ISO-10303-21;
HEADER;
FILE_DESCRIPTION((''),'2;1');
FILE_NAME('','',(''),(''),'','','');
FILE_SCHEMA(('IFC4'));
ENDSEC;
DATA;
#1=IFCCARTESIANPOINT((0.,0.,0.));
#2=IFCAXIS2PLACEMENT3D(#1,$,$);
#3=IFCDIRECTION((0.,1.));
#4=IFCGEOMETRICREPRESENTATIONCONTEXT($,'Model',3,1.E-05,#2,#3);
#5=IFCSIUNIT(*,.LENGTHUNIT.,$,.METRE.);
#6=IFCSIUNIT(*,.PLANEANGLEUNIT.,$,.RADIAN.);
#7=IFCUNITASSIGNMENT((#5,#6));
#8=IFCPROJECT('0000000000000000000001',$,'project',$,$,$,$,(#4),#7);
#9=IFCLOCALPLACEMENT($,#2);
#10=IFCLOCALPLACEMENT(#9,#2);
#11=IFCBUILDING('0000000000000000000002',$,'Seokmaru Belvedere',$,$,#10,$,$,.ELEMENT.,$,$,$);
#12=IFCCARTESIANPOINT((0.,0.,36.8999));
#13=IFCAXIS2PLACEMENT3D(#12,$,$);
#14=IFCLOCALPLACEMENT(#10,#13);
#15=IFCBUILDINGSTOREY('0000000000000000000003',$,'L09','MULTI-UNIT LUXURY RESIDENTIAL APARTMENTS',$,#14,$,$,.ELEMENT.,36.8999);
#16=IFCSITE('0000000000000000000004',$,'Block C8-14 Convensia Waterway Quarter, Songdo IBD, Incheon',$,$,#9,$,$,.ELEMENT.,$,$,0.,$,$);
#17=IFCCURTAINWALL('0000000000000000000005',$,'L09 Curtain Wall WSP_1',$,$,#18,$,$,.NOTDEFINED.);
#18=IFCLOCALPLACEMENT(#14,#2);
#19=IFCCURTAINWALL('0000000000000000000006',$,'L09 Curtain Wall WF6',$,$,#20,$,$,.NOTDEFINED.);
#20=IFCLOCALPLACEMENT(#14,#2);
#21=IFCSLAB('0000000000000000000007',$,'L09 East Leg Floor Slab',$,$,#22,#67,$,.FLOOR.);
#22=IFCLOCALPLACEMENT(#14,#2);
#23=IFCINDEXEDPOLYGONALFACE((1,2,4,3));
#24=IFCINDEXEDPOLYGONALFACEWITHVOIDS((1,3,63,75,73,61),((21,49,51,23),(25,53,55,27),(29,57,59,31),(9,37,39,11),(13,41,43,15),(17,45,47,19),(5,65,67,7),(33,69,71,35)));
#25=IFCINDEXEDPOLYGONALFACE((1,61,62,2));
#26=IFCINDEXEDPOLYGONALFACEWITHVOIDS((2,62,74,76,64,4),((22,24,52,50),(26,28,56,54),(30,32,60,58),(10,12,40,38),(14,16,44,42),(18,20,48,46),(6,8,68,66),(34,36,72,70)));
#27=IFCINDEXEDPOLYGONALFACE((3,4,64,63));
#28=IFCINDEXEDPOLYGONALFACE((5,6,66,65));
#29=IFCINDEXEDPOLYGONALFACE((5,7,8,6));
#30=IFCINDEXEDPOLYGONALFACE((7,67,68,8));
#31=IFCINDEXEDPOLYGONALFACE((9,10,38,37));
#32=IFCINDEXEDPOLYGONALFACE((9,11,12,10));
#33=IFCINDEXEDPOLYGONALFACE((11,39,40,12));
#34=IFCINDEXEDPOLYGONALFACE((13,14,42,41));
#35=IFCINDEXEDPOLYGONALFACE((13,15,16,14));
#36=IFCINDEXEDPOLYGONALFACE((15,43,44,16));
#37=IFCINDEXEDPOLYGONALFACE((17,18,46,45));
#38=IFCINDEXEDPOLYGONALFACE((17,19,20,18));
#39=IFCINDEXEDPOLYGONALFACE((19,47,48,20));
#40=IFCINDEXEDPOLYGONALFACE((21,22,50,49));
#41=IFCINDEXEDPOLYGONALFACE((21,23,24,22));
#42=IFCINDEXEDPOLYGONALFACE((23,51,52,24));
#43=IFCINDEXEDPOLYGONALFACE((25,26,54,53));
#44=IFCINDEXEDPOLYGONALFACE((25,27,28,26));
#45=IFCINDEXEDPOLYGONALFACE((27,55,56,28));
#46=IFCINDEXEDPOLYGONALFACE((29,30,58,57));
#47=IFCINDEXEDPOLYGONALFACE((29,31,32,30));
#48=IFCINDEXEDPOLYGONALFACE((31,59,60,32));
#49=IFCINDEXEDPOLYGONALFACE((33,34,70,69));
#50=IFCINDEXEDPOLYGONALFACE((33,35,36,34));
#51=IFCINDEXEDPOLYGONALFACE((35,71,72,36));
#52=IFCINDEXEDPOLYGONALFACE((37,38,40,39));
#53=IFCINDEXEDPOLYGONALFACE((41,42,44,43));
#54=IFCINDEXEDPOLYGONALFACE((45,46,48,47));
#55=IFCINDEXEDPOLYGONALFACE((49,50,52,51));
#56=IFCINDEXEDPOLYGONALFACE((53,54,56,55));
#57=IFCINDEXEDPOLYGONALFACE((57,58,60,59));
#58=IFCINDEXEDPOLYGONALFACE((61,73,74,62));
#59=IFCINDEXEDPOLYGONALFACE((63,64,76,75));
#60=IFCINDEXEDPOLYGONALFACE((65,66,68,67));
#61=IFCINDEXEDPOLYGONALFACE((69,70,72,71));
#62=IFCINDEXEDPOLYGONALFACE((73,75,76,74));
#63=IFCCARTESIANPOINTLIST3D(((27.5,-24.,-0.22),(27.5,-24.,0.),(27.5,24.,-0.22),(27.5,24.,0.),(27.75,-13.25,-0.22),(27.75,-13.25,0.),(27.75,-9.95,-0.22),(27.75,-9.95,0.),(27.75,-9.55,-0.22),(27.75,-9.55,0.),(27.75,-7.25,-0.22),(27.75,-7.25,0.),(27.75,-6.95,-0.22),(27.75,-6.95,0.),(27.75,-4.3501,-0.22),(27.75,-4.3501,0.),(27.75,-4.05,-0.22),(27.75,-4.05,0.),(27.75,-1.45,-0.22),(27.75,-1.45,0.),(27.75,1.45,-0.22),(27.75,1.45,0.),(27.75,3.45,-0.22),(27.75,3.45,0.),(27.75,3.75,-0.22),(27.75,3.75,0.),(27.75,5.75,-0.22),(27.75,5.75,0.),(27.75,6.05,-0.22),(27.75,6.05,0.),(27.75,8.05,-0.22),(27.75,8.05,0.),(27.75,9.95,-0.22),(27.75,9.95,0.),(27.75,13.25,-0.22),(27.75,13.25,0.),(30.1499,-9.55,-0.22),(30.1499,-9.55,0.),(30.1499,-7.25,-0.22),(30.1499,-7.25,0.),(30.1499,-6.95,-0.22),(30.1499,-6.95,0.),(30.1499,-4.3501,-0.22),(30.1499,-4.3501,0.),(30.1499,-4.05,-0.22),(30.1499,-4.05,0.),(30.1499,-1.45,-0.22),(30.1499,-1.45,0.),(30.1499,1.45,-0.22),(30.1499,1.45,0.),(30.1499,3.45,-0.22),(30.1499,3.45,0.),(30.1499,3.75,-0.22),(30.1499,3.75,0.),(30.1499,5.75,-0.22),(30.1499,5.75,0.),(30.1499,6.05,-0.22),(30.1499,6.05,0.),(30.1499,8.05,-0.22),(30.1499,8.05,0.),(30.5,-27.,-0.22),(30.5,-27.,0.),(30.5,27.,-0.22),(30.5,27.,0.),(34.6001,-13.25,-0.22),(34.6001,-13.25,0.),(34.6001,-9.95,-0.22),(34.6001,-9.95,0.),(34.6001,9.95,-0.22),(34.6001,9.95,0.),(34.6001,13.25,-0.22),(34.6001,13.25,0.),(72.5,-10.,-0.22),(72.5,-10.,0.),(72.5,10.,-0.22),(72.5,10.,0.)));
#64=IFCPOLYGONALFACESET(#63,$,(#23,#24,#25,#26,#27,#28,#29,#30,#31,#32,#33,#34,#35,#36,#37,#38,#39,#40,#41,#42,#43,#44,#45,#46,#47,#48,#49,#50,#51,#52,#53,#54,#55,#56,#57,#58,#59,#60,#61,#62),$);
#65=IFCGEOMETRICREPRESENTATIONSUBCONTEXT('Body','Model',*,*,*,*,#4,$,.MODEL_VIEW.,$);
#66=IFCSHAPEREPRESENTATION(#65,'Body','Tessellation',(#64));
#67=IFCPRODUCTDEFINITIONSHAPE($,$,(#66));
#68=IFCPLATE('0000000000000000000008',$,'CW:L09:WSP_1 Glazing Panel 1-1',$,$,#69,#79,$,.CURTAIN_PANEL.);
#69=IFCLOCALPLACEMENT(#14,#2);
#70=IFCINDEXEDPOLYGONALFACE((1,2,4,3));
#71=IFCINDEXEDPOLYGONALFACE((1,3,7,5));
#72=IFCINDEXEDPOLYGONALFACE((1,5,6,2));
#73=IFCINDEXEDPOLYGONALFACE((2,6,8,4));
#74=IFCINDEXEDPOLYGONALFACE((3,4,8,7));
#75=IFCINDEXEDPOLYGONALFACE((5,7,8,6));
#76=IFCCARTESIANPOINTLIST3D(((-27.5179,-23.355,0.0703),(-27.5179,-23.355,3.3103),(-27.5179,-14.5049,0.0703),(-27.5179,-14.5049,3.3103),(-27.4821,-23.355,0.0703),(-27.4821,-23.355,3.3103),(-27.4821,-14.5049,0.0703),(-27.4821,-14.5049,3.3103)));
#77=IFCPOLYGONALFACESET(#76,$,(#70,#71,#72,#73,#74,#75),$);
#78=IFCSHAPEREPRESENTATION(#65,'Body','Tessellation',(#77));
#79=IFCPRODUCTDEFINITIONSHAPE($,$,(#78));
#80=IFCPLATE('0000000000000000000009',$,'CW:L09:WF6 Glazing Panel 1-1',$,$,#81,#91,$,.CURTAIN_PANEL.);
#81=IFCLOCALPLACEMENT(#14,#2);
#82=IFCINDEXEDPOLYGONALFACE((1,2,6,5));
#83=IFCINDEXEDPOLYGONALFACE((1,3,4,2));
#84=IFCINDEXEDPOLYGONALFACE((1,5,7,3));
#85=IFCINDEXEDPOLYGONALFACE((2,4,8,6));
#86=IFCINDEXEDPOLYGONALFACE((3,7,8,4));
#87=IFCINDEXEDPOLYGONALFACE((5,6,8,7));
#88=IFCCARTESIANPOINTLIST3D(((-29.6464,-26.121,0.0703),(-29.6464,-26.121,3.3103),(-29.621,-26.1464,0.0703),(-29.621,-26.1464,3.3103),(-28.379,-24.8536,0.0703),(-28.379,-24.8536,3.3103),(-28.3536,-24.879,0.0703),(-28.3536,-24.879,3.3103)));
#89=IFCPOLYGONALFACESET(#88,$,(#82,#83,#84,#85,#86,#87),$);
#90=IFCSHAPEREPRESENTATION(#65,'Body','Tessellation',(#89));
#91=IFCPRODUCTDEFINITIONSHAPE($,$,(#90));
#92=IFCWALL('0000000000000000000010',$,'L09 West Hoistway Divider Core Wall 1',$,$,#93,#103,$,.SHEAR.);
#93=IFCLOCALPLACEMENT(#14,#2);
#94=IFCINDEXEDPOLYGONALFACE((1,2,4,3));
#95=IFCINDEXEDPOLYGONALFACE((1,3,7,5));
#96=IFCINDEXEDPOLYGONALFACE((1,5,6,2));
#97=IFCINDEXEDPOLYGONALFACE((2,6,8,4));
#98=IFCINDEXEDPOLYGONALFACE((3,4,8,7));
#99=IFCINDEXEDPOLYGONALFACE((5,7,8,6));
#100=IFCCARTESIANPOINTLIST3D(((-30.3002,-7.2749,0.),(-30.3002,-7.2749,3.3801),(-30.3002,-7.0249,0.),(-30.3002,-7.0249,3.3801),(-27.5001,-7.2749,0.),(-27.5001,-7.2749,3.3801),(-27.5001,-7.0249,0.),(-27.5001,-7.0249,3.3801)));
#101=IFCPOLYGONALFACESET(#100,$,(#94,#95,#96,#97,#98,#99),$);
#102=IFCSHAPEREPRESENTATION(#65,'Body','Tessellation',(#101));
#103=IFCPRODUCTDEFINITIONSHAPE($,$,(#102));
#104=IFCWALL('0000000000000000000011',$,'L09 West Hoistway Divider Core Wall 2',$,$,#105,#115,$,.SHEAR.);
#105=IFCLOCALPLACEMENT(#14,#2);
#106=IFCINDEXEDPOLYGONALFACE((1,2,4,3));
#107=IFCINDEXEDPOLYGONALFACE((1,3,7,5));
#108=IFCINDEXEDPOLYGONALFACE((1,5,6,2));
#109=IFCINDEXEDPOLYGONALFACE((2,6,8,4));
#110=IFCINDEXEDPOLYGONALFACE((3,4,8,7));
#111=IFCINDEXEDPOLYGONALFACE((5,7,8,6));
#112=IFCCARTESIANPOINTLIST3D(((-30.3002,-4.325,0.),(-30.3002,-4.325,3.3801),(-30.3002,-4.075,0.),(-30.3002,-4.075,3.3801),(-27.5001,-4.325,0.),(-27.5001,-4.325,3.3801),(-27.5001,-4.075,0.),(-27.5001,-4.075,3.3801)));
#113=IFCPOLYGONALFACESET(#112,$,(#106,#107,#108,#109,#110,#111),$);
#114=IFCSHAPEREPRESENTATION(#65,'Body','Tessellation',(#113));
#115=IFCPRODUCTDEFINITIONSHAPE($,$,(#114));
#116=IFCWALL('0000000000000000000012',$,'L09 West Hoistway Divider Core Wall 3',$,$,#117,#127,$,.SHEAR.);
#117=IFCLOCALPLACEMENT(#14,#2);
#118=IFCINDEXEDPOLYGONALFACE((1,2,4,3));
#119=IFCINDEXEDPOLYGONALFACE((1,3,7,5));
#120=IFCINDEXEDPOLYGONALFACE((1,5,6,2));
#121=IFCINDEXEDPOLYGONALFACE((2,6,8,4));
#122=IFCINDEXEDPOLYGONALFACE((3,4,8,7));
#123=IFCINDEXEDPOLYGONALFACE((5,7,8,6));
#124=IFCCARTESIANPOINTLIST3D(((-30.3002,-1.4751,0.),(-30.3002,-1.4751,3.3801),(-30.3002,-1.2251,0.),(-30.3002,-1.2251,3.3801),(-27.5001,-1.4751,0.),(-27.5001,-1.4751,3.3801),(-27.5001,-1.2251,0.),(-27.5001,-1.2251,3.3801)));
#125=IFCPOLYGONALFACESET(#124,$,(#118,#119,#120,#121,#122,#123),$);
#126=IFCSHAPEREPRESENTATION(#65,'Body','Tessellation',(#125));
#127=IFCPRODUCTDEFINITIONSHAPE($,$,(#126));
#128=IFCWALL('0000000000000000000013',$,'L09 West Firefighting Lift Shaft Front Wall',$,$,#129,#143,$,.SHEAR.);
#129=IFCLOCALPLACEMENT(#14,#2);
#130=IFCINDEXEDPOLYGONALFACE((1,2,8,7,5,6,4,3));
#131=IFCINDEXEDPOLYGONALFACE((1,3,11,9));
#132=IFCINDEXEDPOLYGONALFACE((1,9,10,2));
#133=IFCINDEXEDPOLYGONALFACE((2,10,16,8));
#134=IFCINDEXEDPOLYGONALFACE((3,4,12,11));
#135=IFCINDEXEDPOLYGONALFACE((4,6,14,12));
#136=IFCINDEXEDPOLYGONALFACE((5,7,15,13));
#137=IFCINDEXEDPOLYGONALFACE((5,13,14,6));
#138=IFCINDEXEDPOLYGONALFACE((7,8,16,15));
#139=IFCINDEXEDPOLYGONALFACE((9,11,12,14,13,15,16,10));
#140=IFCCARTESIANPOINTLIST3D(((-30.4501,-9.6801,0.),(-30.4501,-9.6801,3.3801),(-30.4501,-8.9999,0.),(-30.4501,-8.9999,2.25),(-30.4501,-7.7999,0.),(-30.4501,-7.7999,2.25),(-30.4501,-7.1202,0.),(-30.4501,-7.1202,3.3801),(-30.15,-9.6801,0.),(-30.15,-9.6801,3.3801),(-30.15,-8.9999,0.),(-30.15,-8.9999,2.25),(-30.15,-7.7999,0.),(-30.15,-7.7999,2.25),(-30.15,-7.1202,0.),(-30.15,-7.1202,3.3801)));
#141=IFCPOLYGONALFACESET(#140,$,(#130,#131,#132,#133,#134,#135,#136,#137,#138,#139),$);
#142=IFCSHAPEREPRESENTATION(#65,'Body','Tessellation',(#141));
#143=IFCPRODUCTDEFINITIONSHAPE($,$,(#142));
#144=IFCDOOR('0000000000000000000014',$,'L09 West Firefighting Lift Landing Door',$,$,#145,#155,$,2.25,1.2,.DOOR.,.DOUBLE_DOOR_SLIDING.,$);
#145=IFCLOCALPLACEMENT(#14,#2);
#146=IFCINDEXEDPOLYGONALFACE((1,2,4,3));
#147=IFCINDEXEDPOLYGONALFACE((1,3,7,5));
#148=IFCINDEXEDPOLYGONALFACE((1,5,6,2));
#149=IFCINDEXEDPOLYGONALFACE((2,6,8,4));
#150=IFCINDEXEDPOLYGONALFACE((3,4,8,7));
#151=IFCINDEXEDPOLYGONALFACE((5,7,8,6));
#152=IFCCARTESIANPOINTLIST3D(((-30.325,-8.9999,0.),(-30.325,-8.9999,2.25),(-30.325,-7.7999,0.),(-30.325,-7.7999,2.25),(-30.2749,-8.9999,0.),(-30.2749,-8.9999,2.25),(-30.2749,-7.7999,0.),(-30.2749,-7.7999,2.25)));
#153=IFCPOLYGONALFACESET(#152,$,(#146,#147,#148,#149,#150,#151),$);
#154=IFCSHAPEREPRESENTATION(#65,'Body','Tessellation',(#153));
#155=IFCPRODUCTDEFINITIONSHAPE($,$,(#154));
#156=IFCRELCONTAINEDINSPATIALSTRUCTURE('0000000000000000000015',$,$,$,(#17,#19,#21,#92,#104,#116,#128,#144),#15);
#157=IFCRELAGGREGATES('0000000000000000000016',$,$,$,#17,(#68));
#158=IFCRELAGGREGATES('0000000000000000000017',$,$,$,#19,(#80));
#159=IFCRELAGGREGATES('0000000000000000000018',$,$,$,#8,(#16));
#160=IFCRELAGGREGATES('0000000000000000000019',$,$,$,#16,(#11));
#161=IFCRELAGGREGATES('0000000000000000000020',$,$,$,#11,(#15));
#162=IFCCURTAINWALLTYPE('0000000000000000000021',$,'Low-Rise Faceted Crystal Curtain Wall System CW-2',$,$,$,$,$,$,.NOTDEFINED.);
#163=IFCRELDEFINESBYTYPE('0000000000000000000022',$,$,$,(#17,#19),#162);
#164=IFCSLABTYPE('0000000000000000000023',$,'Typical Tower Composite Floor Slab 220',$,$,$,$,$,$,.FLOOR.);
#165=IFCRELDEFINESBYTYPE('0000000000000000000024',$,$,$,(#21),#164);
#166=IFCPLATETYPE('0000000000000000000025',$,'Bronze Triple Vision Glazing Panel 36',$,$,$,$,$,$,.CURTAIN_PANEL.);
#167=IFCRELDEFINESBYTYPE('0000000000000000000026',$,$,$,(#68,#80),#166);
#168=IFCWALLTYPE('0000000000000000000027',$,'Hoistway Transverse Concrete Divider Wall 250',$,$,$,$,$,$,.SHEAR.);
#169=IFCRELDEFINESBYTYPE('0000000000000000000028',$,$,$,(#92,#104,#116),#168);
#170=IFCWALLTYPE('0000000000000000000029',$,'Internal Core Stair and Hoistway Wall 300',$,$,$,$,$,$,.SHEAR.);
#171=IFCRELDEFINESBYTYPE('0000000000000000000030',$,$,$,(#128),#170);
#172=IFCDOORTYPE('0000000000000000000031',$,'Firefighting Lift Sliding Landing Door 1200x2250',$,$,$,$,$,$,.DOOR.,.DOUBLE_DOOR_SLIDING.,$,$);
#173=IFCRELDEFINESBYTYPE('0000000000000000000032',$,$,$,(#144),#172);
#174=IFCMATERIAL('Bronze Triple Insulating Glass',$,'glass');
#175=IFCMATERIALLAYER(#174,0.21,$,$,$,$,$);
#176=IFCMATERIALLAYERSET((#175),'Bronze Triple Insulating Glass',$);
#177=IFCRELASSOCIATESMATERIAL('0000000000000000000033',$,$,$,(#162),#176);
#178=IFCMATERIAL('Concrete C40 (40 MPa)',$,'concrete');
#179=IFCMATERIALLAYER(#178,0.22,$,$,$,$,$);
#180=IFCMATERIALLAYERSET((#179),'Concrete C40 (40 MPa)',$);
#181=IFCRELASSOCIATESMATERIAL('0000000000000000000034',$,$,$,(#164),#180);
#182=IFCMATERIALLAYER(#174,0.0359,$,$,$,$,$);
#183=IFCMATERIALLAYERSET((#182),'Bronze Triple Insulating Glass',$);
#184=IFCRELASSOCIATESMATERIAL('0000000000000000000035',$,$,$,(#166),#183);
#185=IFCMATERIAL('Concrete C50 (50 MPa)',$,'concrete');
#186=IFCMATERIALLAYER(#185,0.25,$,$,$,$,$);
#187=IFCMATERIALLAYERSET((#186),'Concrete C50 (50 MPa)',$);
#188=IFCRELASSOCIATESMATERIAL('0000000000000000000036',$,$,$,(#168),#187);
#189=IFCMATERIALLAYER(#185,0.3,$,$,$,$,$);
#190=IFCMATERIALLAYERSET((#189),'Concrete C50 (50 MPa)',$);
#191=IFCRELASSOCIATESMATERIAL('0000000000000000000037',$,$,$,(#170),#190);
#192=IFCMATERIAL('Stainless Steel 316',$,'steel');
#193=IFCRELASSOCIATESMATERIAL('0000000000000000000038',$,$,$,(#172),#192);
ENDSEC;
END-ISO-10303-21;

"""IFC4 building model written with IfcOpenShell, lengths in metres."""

from ifc_helpers import new_model, si_unit, direction, frame, frame_2d, origin, origin_2d, place, context, subcontext, project, spatial, polyline, rectangle, outline, extrude, source, transform, mapped, material, layer, layer_set, type_object, type_shapes, element, fill, aggregate, save


model = new_model("IFC4")

# Units and contexts
model_context = context("Model", 3, precision=1e-05, world=origin(), true_north=direction((0.0, 1.0)))
body_context = subcontext(model_context, "Body", "Model", "MODEL_VIEW")
ifc_project = project(units=[si_unit("LENGTHUNIT", "METRE"), si_unit("PLANEANGLEUNIT", "RADIAN")], contexts=[model_context])

# Site, building, storey
site_placement = place(None, origin())
site = spatial("IfcSite", under=ifc_project, at=site_placement, Name="Block C8-14 Convensia Waterway Quarter, Songdo IBD, Incheon", CompositionType="ELEMENT", RefElevation=0.0)
building_placement = place(site_placement, origin())
building = spatial("IfcBuilding", under=site, at=building_placement, Name="Seokmaru Belvedere", CompositionType="ELEMENT")
storey_placement = place(building_placement, frame((0.0, 0.0, 36.8999)))
storey = spatial("IfcBuildingStorey", under=building, at=storey_placement, Name="L09", Description="MULTI-UNIT LUXURY RESIDENTIAL APARTMENTS", CompositionType="ELEMENT", Elevation=36.8999)

# Curtain walls
ifc_material_1 = material(Name="Bronze Triple Insulating Glass", Category="glass")
ifc_layer_1 = layer(ifc_material_1, 0.21)
ifc_layer_set_1 = layer_set([ifc_layer_1], Name="Bronze Triple Insulating Glass")
curtain_wall_type = type_object("IfcCurtainWallType", Name="Low-Rise Faceted Crystal Curtain Wall System CW-2", PredefinedType="NOTDEFINED", material=ifc_layer_set_1)
curtain_wall_1_placement = place(storey_placement, origin())
curtain_wall_1 = element("IfcCurtainWall", 1, at=curtain_wall_1_placement, inside=storey, type_object=curtain_wall_type, Name="L09 Curtain Wall WSP_1", PredefinedType="NOTDEFINED")
curtain_wall_2_placement = place(storey_placement, origin())
curtain_wall_2 = element("IfcCurtainWall", 2, at=curtain_wall_2_placement, inside=storey, type_object=curtain_wall_type, Name="L09 Curtain Wall WF6", PredefinedType="NOTDEFINED")

# Slab
ifc_material_2 = material(Name="Concrete C40 (40 MPa)", Category="concrete")
ifc_layer_2 = layer(ifc_material_2, 0.22)
ifc_layer_set_2 = layer_set([ifc_layer_2], Name="Concrete C40 (40 MPa)")
slab_type = type_object("IfcSlabType", Name="Typical Tower Composite Floor Slab 220", PredefinedType="FLOOR", material=ifc_layer_set_2)
slab_1_placement = place(storey_placement, frame((0.0, 0.0, -0.22)))
element("IfcSlab", 3, at=slab_1_placement, inside=storey, type_object=slab_type, Name="L09 East Leg Floor Slab", PredefinedType="FLOOR", context=body_context, shape_type="SweptSolid", body=[
    extrude(outline(polyline([(30.5, -27.0), (72.5, -10.0), (72.5, 10.0), (30.5, 27.0), (27.5, 24.0), (27.5, -24.0), (30.5, -27.0)]), holes=[polyline([(27.75, -13.25), (34.6001, -13.25), (34.6001, -9.95), (27.75, -9.95), (27.75, -13.25)]), polyline([(27.75, 9.95), (34.6001, 9.95), (34.6001, 13.25), (27.75, 13.25), (27.75, 9.95)]), polyline([(27.75, -9.55), (30.1499, -9.55), (30.1499, -7.25), (27.75, -7.25), (27.75, -9.55)]), polyline([(27.75, -6.95), (30.1499, -6.95), (30.1499, -4.3501), (27.75, -4.3501), (27.75, -6.95)]), polyline([(27.75, -4.05), (30.1499, -4.05), (30.1499, -1.45), (27.75, -1.45), (27.75, -4.05)]), polyline([(27.75, 1.45), (30.1499, 1.45), (30.1499, 3.45), (27.75, 3.45), (27.75, 1.45)]), polyline([(27.75, 3.75), (30.1499, 3.75), (30.1499, 5.75), (27.75, 5.75), (27.75, 3.75)]), polyline([(27.75, 6.05), (30.1499, 6.05), (30.1499, 8.05), (27.75, 8.05), (27.75, 6.05)])]), origin(), (0.0, 0.0, 1.0), 0.22),
])

# Plates
ifc_layer_3 = layer(ifc_material_1, 0.0359)
ifc_layer_set_3 = layer_set([ifc_layer_3], Name="Bronze Triple Insulating Glass")
plate_type = type_object("IfcPlateType", Name="Bronze Triple Vision Glazing Panel 36", PredefinedType="CURTAIN_PANEL", material=ifc_layer_set_3)
shared_shape_1 = source(origin(), body_context, "Body", "SweptSolid", [
    extrude(rectangle(XDim=8.8501, YDim=0.0359, at=origin_2d()), origin(), (0.0, 0.0, 1.0), 3.24),
])
plate_1_placement = place(storey_placement, frame((-27.5, -18.9299, 0.0703), z_axis=(0.0, 0.0, 1.0), x_axis=(0.0, 1.0, 0.0)))
plate_1 = element("IfcPlate", 4, at=plate_1_placement, type_object=plate_type, Name="CW:L09:WSP_1 Glazing Panel 1-1", PredefinedType="CURTAIN_PANEL", context=body_context, shape_type="MappedRepresentation", body=[
    mapped(shared_shape_1, transform((0.0, 0.0, 0.0), scale=1.0)),
])
aggregate(curtain_wall_1, [plate_1])
shared_shape_2 = source(origin(), body_context, "Body", "SweptSolid", [
    extrude(rectangle(XDim=1.7925, YDim=0.0359, at=origin_2d()), origin(), (0.0, 0.0, 1.0), 3.24),
])
type_shapes(plate_type, [shared_shape_1, shared_shape_2])
plate_2_placement = place(storey_placement, frame((-29.0, -25.5, 0.0703), z_axis=(0.0, 0.0, 1.0), x_axis=(0.707107, 0.707107, 0.0)))
plate_2 = element("IfcPlate", 5, at=plate_2_placement, type_object=plate_type, Name="CW:L09:WF6 Glazing Panel 1-1", PredefinedType="CURTAIN_PANEL", context=body_context, shape_type="MappedRepresentation", body=[
    mapped(shared_shape_2, transform((0.0, 0.0, 0.0), scale=1.0)),
])
aggregate(curtain_wall_2, [plate_2])

# Walls
ifc_material_3 = material(Name="Concrete C50 (50 MPa)", Category="concrete")
ifc_layer_4 = layer(ifc_material_3, 0.25)
ifc_layer_set_4 = layer_set([ifc_layer_4], Name="Concrete C50 (50 MPa)")
wall_type_1 = type_object("IfcWallType", Name="Hoistway Transverse Concrete Divider Wall 250", PredefinedType="SHEAR", material=ifc_layer_set_4)
for number, where, z_axis, x_axis, name in (
    (6, (-30.3, -7.1499, 0.0), (0.0, 0.0, 1.0), (1.0, 0.0, 0.0), "L09 West Hoistway Divider Core Wall 1"),
    (7, (-30.3, -4.2, 0.0), (0.0, 0.0, 1.0), (1.0, 0.0, 0.0), "L09 West Hoistway Divider Core Wall 2"),
    (8, (-30.3, -1.3501, 0.0), (0.0, 0.0, 1.0), (1.0, 0.0, 0.0), "L09 West Hoistway Divider Core Wall 3"),
):
    element("IfcWall", number, at=place(storey_placement, frame(where, z_axis=z_axis, x_axis=x_axis)), inside=storey, type_object=wall_type_1, Name=name, PredefinedType="SHEAR", context=body_context, shape_type="SweptSolid", body=[
        extrude(rectangle(XDim=2.8, YDim=0.25, at=frame_2d((1.3999, 0.0))), origin(), (0.0, 0.0, 1.0), 3.3801),
    ])

# Wall, opening, door
ifc_layer_5 = layer(ifc_material_3, 0.3)
ifc_layer_set_5 = layer_set([ifc_layer_5], Name="Concrete C50 (50 MPa)")
wall_type_2 = type_object("IfcWallType", Name="Internal Core Stair and Hoistway Wall 300", PredefinedType="SHEAR", material=ifc_layer_set_5)
wall_1_placement = place(storey_placement, frame((-30.3, -9.6799, 0.0), z_axis=(0.0, 0.0, 1.0), x_axis=(0.0, 1.0, 0.0)))
wall_1 = element("IfcWall", 9, at=wall_1_placement, inside=storey, type_object=wall_type_2, Name="L09 West Firefighting Lift Shaft Front Wall", PredefinedType="SHEAR", context=body_context, shape_type="SweptSolid", body=[
    extrude(rectangle(XDim=2.5598, YDim=0.3, at=frame_2d((1.2798, 0.0))), origin(), (0.0, 0.0, 1.0), 3.3801),
])
opening_1_placement = place(wall_1_placement, frame((0.6799, 0.0, 0.0)))
opening_1 = element("IfcOpeningElement", 10, at=opening_1_placement, cuts=wall_1, PredefinedType="OPENING", context=body_context, shape_type="SweptSolid", body=[
    extrude(rectangle(XDim=1.2, YDim=2.25, at=frame_2d((0.6001, 1.125))), frame((0.0, 0.1602, 0.0), z_axis=(0.0, -1.0, 0.0), x_axis=(1.0, 0.0, 0.0)), (0.0, 0.0, 1.0), 0.3201),
])
ifc_material_4 = material(Name="Stainless Steel 316", Category="steel")
door_type_1 = type_object("IfcDoorType", Name="Firefighting Lift Sliding Landing Door 1200x2250", OperationType="DOUBLE_DOOR_SLIDING", PredefinedType="DOOR", material=ifc_material_4)
shared_shape_3 = source(origin(), body_context, "Body", "SweptSolid", [
    extrude(rectangle(XDim=1.2, YDim=2.25, at=frame_2d((0.6001, 1.125))), frame((0.0, 0.0249, 0.0), z_axis=(0.0, -1.0, 0.0), x_axis=(1.0, 0.0, 0.0)), (0.0, 0.0, 1.0), 0.05),
])
type_shapes(door_type_1, [shared_shape_3])
door_1_placement = place(opening_1_placement, origin())
door_1 = element("IfcDoor", 11, at=door_1_placement, inside=storey, type_object=door_type_1, Name="L09 West Firefighting Lift Landing Door", OperationType="DOUBLE_DOOR_SLIDING", OverallHeight=2.25, OverallWidth=1.2, PredefinedType="DOOR", context=body_context, shape_type="MappedRepresentation", body=[
    mapped(shared_shape_3, transform((0.0, 0.0, 0.0), scale=1.0)),
])
fill(opening_1, door_1)

save(model, "model.ifc")
